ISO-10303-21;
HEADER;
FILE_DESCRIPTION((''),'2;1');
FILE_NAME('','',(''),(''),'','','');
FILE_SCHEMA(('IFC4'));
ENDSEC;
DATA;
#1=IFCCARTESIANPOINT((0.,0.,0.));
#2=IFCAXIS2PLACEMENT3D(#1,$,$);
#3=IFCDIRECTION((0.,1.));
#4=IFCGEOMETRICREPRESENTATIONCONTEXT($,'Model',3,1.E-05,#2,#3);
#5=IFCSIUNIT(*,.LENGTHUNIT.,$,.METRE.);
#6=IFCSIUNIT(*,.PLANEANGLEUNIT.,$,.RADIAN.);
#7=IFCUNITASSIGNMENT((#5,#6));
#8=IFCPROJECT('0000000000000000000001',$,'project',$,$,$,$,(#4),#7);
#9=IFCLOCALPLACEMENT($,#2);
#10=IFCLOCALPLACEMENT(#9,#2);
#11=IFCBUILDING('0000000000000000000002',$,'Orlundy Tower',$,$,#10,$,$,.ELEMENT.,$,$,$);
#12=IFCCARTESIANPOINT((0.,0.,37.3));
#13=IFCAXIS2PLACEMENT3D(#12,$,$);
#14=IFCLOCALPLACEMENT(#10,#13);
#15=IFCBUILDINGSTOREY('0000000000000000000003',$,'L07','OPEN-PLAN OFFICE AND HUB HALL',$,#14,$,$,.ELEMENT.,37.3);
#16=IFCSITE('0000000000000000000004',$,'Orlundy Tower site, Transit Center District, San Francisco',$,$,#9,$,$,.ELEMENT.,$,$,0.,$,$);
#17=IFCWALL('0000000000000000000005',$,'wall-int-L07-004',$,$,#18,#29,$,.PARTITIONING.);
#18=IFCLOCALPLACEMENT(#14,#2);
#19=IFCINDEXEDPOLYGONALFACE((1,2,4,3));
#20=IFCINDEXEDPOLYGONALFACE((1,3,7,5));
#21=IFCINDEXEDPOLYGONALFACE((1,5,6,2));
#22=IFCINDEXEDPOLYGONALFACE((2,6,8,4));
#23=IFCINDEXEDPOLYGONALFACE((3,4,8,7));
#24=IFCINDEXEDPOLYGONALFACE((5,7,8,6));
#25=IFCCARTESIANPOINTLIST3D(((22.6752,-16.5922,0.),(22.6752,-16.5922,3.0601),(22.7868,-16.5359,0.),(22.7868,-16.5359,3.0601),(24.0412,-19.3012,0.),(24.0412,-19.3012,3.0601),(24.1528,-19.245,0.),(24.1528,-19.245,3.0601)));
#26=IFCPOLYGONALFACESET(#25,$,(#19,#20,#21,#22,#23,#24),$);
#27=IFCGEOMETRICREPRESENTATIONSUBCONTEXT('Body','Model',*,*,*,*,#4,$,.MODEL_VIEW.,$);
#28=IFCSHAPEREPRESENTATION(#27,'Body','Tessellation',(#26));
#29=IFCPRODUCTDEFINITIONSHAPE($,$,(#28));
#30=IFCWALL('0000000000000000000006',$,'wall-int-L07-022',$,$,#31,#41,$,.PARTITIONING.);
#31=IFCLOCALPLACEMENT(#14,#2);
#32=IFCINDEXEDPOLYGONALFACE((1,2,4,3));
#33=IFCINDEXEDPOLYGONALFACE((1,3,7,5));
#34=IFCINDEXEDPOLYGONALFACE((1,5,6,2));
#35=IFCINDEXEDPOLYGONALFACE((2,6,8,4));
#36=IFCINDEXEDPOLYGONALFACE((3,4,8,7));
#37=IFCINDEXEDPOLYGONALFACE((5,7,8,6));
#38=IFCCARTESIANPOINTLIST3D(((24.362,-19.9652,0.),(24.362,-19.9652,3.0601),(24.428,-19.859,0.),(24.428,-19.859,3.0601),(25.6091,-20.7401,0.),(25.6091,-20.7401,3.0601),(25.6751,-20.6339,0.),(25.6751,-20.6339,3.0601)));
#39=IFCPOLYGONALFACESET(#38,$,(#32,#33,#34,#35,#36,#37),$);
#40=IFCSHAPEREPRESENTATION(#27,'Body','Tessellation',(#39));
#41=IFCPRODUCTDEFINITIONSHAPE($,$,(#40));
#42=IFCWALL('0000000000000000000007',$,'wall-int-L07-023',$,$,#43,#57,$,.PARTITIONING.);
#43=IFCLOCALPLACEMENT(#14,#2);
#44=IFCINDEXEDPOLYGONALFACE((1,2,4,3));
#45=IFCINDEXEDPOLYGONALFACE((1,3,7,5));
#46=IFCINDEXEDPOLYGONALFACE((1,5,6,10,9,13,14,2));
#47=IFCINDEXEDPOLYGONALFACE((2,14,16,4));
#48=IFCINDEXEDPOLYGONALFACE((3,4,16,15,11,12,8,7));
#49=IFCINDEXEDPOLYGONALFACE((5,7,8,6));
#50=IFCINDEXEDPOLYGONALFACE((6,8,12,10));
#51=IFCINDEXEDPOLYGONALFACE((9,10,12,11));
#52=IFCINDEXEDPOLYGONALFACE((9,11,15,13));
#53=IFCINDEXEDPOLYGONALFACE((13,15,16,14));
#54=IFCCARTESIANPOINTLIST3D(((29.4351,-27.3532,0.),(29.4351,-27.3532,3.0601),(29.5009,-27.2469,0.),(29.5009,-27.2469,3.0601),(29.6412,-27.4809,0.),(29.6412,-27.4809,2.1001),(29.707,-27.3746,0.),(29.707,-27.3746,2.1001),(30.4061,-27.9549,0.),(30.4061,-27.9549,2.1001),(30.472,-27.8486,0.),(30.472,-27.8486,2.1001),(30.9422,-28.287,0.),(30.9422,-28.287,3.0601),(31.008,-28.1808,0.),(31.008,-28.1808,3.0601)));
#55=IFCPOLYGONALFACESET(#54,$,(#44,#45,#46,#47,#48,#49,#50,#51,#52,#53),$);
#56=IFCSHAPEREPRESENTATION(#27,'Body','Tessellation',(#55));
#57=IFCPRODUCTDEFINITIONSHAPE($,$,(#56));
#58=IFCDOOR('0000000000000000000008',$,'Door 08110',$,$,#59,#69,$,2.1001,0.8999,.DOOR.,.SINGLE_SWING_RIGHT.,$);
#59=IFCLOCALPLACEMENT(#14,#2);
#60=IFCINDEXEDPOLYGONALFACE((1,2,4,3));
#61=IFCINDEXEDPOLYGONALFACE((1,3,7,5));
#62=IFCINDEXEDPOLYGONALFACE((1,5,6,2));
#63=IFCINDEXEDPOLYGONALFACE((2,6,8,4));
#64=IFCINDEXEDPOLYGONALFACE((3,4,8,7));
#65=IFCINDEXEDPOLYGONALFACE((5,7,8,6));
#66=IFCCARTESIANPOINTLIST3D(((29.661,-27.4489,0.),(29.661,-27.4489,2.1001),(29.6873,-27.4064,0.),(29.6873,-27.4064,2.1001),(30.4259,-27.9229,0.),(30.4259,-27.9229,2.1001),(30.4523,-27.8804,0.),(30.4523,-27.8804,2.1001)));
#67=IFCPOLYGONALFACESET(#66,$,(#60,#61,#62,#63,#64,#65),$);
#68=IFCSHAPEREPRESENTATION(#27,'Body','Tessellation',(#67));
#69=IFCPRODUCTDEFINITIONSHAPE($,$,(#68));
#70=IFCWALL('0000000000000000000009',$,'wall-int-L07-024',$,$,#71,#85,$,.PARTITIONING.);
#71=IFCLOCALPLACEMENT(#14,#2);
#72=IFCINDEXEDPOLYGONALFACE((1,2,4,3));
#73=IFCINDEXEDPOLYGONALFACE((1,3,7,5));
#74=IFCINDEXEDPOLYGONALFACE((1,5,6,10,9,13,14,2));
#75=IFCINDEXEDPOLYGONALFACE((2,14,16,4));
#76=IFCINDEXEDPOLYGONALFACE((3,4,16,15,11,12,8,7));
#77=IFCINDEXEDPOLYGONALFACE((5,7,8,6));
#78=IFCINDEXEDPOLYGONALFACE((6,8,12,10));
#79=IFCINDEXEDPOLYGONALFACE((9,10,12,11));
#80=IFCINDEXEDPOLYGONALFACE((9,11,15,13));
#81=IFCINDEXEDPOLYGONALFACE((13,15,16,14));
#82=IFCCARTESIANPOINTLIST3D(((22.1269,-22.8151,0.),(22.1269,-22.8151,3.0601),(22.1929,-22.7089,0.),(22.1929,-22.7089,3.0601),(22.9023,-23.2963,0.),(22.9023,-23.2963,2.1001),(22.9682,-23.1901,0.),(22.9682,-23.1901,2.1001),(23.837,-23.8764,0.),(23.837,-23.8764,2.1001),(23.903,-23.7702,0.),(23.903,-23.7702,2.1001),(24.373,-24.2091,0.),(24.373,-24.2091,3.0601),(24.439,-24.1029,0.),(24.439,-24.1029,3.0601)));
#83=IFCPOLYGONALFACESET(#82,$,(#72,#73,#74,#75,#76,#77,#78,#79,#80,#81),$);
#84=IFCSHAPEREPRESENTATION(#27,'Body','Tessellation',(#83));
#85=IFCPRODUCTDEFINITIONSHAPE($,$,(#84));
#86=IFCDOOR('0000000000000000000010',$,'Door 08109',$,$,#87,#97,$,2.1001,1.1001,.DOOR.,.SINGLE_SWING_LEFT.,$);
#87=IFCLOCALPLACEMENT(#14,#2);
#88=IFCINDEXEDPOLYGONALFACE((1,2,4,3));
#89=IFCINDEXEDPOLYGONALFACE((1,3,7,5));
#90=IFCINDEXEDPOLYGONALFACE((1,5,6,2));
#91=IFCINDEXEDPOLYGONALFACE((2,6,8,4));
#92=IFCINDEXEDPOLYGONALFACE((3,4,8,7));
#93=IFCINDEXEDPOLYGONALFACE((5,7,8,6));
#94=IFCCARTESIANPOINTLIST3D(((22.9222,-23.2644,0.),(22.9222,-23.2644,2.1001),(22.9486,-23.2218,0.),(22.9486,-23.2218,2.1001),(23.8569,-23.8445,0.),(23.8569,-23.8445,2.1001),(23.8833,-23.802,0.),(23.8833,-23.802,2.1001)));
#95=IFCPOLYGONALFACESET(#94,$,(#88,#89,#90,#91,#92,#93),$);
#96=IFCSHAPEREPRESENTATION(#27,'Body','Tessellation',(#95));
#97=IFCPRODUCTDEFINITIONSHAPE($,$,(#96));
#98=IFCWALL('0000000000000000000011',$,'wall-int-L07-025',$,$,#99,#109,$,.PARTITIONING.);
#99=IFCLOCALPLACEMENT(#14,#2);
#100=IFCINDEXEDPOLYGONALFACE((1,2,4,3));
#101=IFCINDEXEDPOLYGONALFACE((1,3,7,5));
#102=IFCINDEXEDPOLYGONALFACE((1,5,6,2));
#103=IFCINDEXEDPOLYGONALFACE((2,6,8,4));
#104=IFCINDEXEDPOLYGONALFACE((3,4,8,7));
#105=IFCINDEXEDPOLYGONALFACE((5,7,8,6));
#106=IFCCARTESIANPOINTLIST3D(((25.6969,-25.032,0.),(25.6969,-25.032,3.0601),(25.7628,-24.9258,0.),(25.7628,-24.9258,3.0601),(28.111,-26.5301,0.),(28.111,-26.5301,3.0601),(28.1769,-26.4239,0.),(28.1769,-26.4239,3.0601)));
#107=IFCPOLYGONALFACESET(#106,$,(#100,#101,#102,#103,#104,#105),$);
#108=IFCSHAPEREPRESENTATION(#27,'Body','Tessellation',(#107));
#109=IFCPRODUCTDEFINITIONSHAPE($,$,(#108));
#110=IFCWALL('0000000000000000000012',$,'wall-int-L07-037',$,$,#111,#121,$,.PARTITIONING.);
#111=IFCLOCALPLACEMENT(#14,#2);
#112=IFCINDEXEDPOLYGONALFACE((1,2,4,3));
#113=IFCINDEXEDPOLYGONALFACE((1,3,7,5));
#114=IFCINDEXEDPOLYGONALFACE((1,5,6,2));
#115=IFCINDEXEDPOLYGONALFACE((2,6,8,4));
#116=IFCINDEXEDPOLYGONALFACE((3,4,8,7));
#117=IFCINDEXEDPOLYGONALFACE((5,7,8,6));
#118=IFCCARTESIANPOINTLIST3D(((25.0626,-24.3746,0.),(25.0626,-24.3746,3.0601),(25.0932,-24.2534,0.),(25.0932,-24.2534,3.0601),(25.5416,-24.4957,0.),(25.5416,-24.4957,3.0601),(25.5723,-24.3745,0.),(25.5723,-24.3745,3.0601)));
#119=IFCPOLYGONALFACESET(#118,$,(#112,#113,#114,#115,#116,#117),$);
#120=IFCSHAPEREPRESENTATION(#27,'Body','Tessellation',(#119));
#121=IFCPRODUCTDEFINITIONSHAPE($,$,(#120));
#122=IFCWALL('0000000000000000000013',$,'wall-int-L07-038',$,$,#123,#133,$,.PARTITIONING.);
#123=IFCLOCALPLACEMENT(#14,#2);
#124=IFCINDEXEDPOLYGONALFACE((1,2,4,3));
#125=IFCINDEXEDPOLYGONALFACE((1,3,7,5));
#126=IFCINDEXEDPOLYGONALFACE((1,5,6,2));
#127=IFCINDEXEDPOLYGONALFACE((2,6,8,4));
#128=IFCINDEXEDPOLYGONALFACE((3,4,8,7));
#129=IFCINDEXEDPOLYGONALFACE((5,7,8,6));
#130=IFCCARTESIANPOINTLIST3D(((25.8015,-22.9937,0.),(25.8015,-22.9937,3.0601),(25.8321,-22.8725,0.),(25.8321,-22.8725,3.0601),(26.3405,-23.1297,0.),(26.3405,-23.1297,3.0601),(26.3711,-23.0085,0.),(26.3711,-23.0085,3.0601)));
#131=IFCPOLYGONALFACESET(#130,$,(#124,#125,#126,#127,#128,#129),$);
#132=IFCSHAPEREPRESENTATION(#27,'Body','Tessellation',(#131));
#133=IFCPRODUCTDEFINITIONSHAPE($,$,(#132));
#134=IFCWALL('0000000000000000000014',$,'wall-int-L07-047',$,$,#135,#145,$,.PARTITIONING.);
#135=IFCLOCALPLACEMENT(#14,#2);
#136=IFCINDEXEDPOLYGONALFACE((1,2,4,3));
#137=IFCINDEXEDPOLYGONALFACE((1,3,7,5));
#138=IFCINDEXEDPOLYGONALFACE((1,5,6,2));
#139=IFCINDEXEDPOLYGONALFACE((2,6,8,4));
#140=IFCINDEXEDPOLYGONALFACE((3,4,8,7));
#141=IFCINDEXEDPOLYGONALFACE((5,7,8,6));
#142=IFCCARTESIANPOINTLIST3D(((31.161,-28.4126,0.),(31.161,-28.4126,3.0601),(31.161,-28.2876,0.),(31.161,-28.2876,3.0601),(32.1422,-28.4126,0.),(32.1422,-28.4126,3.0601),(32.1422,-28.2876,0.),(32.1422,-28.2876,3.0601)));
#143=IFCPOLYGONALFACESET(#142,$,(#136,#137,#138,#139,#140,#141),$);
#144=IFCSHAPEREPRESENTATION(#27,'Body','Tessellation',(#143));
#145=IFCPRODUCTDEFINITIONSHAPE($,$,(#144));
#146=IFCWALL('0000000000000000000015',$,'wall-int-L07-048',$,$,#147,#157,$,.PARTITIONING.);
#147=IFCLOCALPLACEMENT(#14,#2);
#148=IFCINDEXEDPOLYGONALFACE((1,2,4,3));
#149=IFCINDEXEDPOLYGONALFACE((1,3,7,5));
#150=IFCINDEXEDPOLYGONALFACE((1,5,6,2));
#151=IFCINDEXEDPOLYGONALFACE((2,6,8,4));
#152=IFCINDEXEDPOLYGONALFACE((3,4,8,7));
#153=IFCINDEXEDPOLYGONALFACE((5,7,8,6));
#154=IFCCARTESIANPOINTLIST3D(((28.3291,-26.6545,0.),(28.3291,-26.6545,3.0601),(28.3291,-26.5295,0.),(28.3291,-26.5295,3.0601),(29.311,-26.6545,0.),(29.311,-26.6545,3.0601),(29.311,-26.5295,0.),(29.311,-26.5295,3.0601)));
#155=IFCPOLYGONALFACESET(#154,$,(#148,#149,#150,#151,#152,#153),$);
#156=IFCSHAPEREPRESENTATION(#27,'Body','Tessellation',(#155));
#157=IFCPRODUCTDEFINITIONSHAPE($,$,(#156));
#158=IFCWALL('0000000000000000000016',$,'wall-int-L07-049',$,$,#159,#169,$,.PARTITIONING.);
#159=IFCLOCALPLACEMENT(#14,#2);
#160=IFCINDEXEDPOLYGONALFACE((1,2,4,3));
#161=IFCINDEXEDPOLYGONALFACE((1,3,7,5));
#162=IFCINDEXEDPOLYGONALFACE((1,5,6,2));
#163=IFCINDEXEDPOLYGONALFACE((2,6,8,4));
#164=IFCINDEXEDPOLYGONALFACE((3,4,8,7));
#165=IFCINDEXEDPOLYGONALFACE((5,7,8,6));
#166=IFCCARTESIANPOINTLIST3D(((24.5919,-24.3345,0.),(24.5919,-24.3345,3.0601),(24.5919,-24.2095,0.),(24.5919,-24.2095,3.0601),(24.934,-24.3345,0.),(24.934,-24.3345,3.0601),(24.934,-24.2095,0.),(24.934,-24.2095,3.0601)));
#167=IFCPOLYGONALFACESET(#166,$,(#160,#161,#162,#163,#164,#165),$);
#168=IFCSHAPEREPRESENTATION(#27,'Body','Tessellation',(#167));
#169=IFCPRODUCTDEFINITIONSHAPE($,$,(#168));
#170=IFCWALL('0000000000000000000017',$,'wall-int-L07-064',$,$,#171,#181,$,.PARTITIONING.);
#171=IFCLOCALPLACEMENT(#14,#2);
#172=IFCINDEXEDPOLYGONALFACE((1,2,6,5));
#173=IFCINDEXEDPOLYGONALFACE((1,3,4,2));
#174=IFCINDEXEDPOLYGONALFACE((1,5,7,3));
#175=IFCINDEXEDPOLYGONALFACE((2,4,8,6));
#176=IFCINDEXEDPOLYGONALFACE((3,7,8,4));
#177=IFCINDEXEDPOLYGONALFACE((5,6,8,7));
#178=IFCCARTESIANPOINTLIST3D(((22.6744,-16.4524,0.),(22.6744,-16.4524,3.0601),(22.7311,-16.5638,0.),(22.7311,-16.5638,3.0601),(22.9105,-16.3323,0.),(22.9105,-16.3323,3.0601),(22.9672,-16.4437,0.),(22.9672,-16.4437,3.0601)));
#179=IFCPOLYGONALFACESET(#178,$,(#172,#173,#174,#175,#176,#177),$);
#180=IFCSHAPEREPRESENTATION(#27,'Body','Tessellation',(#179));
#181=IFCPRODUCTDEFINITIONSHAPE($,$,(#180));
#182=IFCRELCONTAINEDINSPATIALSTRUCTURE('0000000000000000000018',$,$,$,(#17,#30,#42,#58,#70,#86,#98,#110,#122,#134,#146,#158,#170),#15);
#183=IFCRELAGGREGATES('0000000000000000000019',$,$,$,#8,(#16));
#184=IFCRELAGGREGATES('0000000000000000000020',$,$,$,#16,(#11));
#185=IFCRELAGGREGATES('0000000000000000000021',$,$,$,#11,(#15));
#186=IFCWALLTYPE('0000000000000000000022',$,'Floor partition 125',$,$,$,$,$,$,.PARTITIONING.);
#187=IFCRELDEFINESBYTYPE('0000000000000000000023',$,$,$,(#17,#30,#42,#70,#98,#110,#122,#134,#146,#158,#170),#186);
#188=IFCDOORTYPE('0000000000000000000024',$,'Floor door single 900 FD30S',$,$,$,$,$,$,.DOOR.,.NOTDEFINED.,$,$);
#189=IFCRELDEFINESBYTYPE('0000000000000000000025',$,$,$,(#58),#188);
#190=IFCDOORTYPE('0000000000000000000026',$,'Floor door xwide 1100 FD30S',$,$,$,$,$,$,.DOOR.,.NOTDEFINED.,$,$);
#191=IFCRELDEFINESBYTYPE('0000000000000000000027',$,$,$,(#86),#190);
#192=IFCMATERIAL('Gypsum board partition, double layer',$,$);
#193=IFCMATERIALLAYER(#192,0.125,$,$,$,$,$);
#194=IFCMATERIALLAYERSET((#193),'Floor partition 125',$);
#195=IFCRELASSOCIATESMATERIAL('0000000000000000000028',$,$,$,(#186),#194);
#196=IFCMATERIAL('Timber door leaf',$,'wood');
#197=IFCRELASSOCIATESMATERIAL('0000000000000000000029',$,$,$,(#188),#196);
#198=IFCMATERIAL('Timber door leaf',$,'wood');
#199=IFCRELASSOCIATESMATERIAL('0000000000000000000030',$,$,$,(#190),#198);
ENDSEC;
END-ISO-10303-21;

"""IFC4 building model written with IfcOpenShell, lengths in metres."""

from ifc_helpers import new_model, si_unit, direction, frame, frame_2d, origin, place, context, subcontext, project, spatial, rectangle, extrude, material, layer, layer_set, type_object, element, fill, save


model = new_model("IFC4")

# Units and contexts
model_context = context("Model", 3, precision=1e-05, world=origin(), true_north=direction((0.0, 1.0)))
body_context = subcontext(model_context, "Body", "Model", "MODEL_VIEW")
ifc_project = project(units=[si_unit("LENGTHUNIT", "METRE"), si_unit("PLANEANGLEUNIT", "RADIAN")], contexts=[model_context])

# Site, building, storey
site_placement = place(None, origin())
site = spatial("IfcSite", under=ifc_project, at=site_placement, Name="Orlundy Tower site, Transit Center District, San Francisco", CompositionType="ELEMENT", RefElevation=0.0)
building_placement = place(site_placement, origin())
building = spatial("IfcBuilding", under=site, at=building_placement, Name="Orlundy Tower", CompositionType="ELEMENT")
storey_placement = place(building_placement, frame((0.0, 0.0, 37.3)))
storey = spatial("IfcBuildingStorey", under=building, at=storey_placement, Name="L07", Description="OPEN-PLAN OFFICE AND HUB HALL", CompositionType="ELEMENT", Elevation=37.3)

# Walls
ifc_material_1 = material(Name="Gypsum board partition, double layer")
ifc_layer_1 = layer(ifc_material_1, 0.125)
ifc_layer_set_1 = layer_set([ifc_layer_1], Name="Floor partition 125")
wall_type_1 = type_object("IfcWallType", Name="Floor partition 125", PredefinedType="PARTITIONING", material=ifc_layer_set_1)
wall_1_placement = place(storey_placement, frame((22.731, -16.564, 0.0), z_axis=(0.0, 0.0, 1.0), x_axis=(0.450237, -0.892909, 0.0)))
element("IfcWall", 1, at=wall_1_placement, inside=storey, type_object=wall_type_1, Name="wall-int-L07-004", PredefinedType="PARTITIONING", context=body_context, shape_type="SweptSolid", body=[
    extrude(rectangle(XDim=3.0339, YDim=0.125, at=frame_2d((1.5171, 0.0))), origin(), (0.0, 0.0, 1.0), 3.0601),
])
wall_2_placement = place(storey_placement, frame((24.395, -19.9121, 0.0), z_axis=(0.0, 0.0, 1.0), x_axis=(0.849378, -0.527785, 0.0)))
element("IfcWall", 2, at=wall_2_placement, inside=storey, type_object=wall_type_1, Name="wall-int-L07-022", PredefinedType="PARTITIONING", context=body_context, shape_type="SweptSolid", body=[
    extrude(rectangle(XDim=1.4683, YDim=0.125, at=frame_2d((0.7341, 0.0))), origin(), (0.0, 0.0, 1.0), 3.0601),
])

# Walls, openings, doors
wall_3_placement = place(storey_placement, frame((30.9751, -28.2339, 0.0), z_axis=(0.0, 0.0, 1.0), x_axis=(-0.850042, 0.526715, 0.0)))
wall_3 = element("IfcWall", 3, at=wall_3_placement, inside=storey, type_object=wall_type_1, Name="wall-int-L07-023", PredefinedType="PARTITIONING", context=body_context, shape_type="SweptSolid", body=[
    extrude(rectangle(XDim=1.7729, YDim=0.125, at=frame_2d((0.8865, 0.0))), origin(), (0.0, 0.0, 1.0), 3.0601),
])
opening_1_placement = place(wall_3_placement, frame((0.6306, 0.0, 0.0)))
opening_1 = element("IfcOpeningElement", 4, at=opening_1_placement, cuts=wall_3, PredefinedType="OPENING", context=body_context, shape_type="SweptSolid", body=[
    extrude(rectangle(XDim=0.8999, YDim=2.1001, at=frame_2d((0.45, 1.05))), frame((0.0, 0.0725, 0.0), z_axis=(0.0, -1.0, 0.0), x_axis=(1.0, 0.0, 0.0)), (0.0, 0.0, 1.0), 0.145),
])
ifc_material_2 = material(Name="Timber door leaf", Category="wood")
door_type_1 = type_object("IfcDoorType", Name="Floor door single 900 FD30S", OperationType="NOTDEFINED", PredefinedType="DOOR", material=ifc_material_2)
door_1_placement = place(opening_1_placement, origin())
door_1 = element("IfcDoor", 5, at=door_1_placement, inside=storey, type_object=door_type_1, Name="Door 08110", OperationType="SINGLE_SWING_RIGHT", OverallHeight=2.1001, OverallWidth=0.8999, PredefinedType="DOOR", context=body_context, shape_type="SweptSolid", body=[
    extrude(rectangle(XDim=0.8999, YDim=2.1001, at=frame_2d((0.45, 1.05))), frame((0.0, 0.0249, 0.0), z_axis=(0.0, -1.0, 0.0), x_axis=(1.0, 0.0, 0.0)), (0.0, 0.0, 1.0), 0.05),
])
fill(opening_1, door_1)
wall_4_placement = place(storey_placement, frame((24.406, -24.156, 0.0), z_axis=(0.0, 0.0, 1.0), x_axis=(-0.849654, 0.52734, 0.0)))
wall_4 = element("IfcWall", 6, at=wall_4_placement, inside=storey, type_object=wall_type_1, Name="wall-int-L07-024", PredefinedType="PARTITIONING", context=body_context, shape_type="SweptSolid", body=[
    extrude(rectangle(XDim=2.6436, YDim=0.125, at=frame_2d((1.3218, 0.0))), origin(), (0.0, 0.0, 1.0), 3.0601),
])
opening_2_placement = place(wall_4_placement, frame((0.6309, 0.0, 0.0)))
opening_2 = element("IfcOpeningElement", 7, at=opening_2_placement, cuts=wall_4, PredefinedType="OPENING", context=body_context, shape_type="SweptSolid", body=[
    extrude(rectangle(XDim=1.1001, YDim=2.1001, at=frame_2d((0.55, 1.05))), frame((0.0, 0.0725, 0.0), z_axis=(0.0, -1.0, 0.0), x_axis=(1.0, 0.0, 0.0)), (0.0, 0.0, 1.0), 0.145),
])
ifc_material_3 = material(Name="Timber door leaf", Category="wood")
door_type_2 = type_object("IfcDoorType", Name="Floor door xwide 1100 FD30S", OperationType="NOTDEFINED", PredefinedType="DOOR", material=ifc_material_3)
door_2_placement = place(opening_2_placement, origin())
door_2 = element("IfcDoor", 8, at=door_2_placement, inside=storey, type_object=door_type_2, Name="Door 08109", OperationType="SINGLE_SWING_LEFT", OverallHeight=2.1001, OverallWidth=1.1001, PredefinedType="DOOR", context=body_context, shape_type="SweptSolid", body=[
    extrude(rectangle(XDim=1.1001, YDim=2.1001, at=frame_2d((0.55, 1.05))), frame((0.0, 0.0249, 0.0), z_axis=(0.0, -1.0, 0.0), x_axis=(1.0, 0.0, 0.0)), (0.0, 0.0, 1.0), 0.05),
])
fill(opening_2, door_2)

# Walls
wall_5_placement = place(storey_placement, frame((25.73, -24.979, 0.0), z_axis=(0.0, 0.0, 1.0), x_axis=(0.849693, -0.527277, 0.0)))
element("IfcWall", 9, at=wall_5_placement, inside=storey, type_object=wall_type_1, Name="wall-int-L07-025", PredefinedType="PARTITIONING", context=body_context, shape_type="SweptSolid", body=[
    extrude(rectangle(XDim=2.8411, YDim=0.125, at=frame_2d((1.4204, 0.0))), origin(), (0.0, 0.0, 1.0), 3.0601),
])
wall_6_placement = place(storey_placement, frame((25.0779, -24.314, 0.0), z_axis=(0.0, 0.0, 1.0), x_axis=(0.9695, -0.245093, 0.0)))
element("IfcWall", 10, at=wall_6_placement, inside=storey, type_object=wall_type_1, Name="wall-int-L07-037", PredefinedType="PARTITIONING", context=body_context, shape_type="SweptSolid", body=[
    extrude(rectangle(XDim=0.4941, YDim=0.125, at=frame_2d((0.2471, 0.0))), origin(), (0.0, 0.0, 1.0), 3.0601),
])
wall_7_placement = place(storey_placement, frame((25.8169, -22.9331, 0.0), z_axis=(0.0, 0.0, 1.0), x_axis=(0.969624, -0.244602, 0.0)))
element("IfcWall", 11, at=wall_7_placement, inside=storey, type_object=wall_type_1, Name="wall-int-L07-038", PredefinedType="PARTITIONING", context=body_context, shape_type="SweptSolid", body=[
    extrude(rectangle(XDim=0.5559, YDim=0.125, at=frame_2d((0.2778, 0.0))), origin(), (0.0, 0.0, 1.0), 3.0601),
])
wall_8_placement = place(storey_placement, frame((31.1609, -28.3501, 0.0), z_axis=(0.0, 0.0, 1.0), x_axis=(1.0, 0.0, 0.0)))
element("IfcWall", 12, at=wall_8_placement, inside=storey, type_object=wall_type_1, Name="wall-int-L07-047", PredefinedType="PARTITIONING", context=body_context, shape_type="SweptSolid", body=[
    extrude(rectangle(XDim=0.9812, YDim=0.125, at=frame_2d((0.4907, 0.0))), origin(), (0.0, 0.0, 1.0), 3.0601),
])
wall_9_placement = place(storey_placement, frame((28.3291, -26.592, 0.0), z_axis=(0.0, 0.0, 1.0), x_axis=(1.0, 0.0, 0.0)))
element("IfcWall", 13, at=wall_9_placement, inside=storey, type_object=wall_type_1, Name="wall-int-L07-048", PredefinedType="PARTITIONING", context=body_context, shape_type="SweptSolid", body=[
    extrude(rectangle(XDim=0.9819, YDim=0.125, at=frame_2d((0.491, 0.0))), origin(), (0.0, 0.0, 1.0), 3.0601),
])
wall_10_placement = place(storey_placement, frame((24.592, -24.272, 0.0), z_axis=(0.0, 0.0, 1.0), x_axis=(1.0, 0.0, 0.0)))
element("IfcWall", 14, at=wall_10_placement, inside=storey, type_object=wall_type_1, Name="wall-int-L07-049", PredefinedType="PARTITIONING", context=body_context, shape_type="SweptSolid", body=[
    extrude(rectangle(XDim=0.342, YDim=0.125, at=frame_2d((0.1709, 0.0))), origin(), (0.0, 0.0, 1.0), 3.0601),
])
wall_11_placement = place(storey_placement, frame((22.7029, -16.5081, 0.0), z_axis=(0.0, 0.0, 1.0), x_axis=(0.891271, 0.45347, 0.0)))
element("IfcWall", 15, at=wall_11_placement, inside=storey, type_object=wall_type_1, Name="wall-int-L07-064", PredefinedType="PARTITIONING", context=body_context, shape_type="SweptSolid", body=[
    extrude(rectangle(XDim=0.2649, YDim=0.125, at=frame_2d((0.1323, 0.0))), origin(), (0.0, 0.0, 1.0), 3.0601),
])

save(model, "model.ifc")
